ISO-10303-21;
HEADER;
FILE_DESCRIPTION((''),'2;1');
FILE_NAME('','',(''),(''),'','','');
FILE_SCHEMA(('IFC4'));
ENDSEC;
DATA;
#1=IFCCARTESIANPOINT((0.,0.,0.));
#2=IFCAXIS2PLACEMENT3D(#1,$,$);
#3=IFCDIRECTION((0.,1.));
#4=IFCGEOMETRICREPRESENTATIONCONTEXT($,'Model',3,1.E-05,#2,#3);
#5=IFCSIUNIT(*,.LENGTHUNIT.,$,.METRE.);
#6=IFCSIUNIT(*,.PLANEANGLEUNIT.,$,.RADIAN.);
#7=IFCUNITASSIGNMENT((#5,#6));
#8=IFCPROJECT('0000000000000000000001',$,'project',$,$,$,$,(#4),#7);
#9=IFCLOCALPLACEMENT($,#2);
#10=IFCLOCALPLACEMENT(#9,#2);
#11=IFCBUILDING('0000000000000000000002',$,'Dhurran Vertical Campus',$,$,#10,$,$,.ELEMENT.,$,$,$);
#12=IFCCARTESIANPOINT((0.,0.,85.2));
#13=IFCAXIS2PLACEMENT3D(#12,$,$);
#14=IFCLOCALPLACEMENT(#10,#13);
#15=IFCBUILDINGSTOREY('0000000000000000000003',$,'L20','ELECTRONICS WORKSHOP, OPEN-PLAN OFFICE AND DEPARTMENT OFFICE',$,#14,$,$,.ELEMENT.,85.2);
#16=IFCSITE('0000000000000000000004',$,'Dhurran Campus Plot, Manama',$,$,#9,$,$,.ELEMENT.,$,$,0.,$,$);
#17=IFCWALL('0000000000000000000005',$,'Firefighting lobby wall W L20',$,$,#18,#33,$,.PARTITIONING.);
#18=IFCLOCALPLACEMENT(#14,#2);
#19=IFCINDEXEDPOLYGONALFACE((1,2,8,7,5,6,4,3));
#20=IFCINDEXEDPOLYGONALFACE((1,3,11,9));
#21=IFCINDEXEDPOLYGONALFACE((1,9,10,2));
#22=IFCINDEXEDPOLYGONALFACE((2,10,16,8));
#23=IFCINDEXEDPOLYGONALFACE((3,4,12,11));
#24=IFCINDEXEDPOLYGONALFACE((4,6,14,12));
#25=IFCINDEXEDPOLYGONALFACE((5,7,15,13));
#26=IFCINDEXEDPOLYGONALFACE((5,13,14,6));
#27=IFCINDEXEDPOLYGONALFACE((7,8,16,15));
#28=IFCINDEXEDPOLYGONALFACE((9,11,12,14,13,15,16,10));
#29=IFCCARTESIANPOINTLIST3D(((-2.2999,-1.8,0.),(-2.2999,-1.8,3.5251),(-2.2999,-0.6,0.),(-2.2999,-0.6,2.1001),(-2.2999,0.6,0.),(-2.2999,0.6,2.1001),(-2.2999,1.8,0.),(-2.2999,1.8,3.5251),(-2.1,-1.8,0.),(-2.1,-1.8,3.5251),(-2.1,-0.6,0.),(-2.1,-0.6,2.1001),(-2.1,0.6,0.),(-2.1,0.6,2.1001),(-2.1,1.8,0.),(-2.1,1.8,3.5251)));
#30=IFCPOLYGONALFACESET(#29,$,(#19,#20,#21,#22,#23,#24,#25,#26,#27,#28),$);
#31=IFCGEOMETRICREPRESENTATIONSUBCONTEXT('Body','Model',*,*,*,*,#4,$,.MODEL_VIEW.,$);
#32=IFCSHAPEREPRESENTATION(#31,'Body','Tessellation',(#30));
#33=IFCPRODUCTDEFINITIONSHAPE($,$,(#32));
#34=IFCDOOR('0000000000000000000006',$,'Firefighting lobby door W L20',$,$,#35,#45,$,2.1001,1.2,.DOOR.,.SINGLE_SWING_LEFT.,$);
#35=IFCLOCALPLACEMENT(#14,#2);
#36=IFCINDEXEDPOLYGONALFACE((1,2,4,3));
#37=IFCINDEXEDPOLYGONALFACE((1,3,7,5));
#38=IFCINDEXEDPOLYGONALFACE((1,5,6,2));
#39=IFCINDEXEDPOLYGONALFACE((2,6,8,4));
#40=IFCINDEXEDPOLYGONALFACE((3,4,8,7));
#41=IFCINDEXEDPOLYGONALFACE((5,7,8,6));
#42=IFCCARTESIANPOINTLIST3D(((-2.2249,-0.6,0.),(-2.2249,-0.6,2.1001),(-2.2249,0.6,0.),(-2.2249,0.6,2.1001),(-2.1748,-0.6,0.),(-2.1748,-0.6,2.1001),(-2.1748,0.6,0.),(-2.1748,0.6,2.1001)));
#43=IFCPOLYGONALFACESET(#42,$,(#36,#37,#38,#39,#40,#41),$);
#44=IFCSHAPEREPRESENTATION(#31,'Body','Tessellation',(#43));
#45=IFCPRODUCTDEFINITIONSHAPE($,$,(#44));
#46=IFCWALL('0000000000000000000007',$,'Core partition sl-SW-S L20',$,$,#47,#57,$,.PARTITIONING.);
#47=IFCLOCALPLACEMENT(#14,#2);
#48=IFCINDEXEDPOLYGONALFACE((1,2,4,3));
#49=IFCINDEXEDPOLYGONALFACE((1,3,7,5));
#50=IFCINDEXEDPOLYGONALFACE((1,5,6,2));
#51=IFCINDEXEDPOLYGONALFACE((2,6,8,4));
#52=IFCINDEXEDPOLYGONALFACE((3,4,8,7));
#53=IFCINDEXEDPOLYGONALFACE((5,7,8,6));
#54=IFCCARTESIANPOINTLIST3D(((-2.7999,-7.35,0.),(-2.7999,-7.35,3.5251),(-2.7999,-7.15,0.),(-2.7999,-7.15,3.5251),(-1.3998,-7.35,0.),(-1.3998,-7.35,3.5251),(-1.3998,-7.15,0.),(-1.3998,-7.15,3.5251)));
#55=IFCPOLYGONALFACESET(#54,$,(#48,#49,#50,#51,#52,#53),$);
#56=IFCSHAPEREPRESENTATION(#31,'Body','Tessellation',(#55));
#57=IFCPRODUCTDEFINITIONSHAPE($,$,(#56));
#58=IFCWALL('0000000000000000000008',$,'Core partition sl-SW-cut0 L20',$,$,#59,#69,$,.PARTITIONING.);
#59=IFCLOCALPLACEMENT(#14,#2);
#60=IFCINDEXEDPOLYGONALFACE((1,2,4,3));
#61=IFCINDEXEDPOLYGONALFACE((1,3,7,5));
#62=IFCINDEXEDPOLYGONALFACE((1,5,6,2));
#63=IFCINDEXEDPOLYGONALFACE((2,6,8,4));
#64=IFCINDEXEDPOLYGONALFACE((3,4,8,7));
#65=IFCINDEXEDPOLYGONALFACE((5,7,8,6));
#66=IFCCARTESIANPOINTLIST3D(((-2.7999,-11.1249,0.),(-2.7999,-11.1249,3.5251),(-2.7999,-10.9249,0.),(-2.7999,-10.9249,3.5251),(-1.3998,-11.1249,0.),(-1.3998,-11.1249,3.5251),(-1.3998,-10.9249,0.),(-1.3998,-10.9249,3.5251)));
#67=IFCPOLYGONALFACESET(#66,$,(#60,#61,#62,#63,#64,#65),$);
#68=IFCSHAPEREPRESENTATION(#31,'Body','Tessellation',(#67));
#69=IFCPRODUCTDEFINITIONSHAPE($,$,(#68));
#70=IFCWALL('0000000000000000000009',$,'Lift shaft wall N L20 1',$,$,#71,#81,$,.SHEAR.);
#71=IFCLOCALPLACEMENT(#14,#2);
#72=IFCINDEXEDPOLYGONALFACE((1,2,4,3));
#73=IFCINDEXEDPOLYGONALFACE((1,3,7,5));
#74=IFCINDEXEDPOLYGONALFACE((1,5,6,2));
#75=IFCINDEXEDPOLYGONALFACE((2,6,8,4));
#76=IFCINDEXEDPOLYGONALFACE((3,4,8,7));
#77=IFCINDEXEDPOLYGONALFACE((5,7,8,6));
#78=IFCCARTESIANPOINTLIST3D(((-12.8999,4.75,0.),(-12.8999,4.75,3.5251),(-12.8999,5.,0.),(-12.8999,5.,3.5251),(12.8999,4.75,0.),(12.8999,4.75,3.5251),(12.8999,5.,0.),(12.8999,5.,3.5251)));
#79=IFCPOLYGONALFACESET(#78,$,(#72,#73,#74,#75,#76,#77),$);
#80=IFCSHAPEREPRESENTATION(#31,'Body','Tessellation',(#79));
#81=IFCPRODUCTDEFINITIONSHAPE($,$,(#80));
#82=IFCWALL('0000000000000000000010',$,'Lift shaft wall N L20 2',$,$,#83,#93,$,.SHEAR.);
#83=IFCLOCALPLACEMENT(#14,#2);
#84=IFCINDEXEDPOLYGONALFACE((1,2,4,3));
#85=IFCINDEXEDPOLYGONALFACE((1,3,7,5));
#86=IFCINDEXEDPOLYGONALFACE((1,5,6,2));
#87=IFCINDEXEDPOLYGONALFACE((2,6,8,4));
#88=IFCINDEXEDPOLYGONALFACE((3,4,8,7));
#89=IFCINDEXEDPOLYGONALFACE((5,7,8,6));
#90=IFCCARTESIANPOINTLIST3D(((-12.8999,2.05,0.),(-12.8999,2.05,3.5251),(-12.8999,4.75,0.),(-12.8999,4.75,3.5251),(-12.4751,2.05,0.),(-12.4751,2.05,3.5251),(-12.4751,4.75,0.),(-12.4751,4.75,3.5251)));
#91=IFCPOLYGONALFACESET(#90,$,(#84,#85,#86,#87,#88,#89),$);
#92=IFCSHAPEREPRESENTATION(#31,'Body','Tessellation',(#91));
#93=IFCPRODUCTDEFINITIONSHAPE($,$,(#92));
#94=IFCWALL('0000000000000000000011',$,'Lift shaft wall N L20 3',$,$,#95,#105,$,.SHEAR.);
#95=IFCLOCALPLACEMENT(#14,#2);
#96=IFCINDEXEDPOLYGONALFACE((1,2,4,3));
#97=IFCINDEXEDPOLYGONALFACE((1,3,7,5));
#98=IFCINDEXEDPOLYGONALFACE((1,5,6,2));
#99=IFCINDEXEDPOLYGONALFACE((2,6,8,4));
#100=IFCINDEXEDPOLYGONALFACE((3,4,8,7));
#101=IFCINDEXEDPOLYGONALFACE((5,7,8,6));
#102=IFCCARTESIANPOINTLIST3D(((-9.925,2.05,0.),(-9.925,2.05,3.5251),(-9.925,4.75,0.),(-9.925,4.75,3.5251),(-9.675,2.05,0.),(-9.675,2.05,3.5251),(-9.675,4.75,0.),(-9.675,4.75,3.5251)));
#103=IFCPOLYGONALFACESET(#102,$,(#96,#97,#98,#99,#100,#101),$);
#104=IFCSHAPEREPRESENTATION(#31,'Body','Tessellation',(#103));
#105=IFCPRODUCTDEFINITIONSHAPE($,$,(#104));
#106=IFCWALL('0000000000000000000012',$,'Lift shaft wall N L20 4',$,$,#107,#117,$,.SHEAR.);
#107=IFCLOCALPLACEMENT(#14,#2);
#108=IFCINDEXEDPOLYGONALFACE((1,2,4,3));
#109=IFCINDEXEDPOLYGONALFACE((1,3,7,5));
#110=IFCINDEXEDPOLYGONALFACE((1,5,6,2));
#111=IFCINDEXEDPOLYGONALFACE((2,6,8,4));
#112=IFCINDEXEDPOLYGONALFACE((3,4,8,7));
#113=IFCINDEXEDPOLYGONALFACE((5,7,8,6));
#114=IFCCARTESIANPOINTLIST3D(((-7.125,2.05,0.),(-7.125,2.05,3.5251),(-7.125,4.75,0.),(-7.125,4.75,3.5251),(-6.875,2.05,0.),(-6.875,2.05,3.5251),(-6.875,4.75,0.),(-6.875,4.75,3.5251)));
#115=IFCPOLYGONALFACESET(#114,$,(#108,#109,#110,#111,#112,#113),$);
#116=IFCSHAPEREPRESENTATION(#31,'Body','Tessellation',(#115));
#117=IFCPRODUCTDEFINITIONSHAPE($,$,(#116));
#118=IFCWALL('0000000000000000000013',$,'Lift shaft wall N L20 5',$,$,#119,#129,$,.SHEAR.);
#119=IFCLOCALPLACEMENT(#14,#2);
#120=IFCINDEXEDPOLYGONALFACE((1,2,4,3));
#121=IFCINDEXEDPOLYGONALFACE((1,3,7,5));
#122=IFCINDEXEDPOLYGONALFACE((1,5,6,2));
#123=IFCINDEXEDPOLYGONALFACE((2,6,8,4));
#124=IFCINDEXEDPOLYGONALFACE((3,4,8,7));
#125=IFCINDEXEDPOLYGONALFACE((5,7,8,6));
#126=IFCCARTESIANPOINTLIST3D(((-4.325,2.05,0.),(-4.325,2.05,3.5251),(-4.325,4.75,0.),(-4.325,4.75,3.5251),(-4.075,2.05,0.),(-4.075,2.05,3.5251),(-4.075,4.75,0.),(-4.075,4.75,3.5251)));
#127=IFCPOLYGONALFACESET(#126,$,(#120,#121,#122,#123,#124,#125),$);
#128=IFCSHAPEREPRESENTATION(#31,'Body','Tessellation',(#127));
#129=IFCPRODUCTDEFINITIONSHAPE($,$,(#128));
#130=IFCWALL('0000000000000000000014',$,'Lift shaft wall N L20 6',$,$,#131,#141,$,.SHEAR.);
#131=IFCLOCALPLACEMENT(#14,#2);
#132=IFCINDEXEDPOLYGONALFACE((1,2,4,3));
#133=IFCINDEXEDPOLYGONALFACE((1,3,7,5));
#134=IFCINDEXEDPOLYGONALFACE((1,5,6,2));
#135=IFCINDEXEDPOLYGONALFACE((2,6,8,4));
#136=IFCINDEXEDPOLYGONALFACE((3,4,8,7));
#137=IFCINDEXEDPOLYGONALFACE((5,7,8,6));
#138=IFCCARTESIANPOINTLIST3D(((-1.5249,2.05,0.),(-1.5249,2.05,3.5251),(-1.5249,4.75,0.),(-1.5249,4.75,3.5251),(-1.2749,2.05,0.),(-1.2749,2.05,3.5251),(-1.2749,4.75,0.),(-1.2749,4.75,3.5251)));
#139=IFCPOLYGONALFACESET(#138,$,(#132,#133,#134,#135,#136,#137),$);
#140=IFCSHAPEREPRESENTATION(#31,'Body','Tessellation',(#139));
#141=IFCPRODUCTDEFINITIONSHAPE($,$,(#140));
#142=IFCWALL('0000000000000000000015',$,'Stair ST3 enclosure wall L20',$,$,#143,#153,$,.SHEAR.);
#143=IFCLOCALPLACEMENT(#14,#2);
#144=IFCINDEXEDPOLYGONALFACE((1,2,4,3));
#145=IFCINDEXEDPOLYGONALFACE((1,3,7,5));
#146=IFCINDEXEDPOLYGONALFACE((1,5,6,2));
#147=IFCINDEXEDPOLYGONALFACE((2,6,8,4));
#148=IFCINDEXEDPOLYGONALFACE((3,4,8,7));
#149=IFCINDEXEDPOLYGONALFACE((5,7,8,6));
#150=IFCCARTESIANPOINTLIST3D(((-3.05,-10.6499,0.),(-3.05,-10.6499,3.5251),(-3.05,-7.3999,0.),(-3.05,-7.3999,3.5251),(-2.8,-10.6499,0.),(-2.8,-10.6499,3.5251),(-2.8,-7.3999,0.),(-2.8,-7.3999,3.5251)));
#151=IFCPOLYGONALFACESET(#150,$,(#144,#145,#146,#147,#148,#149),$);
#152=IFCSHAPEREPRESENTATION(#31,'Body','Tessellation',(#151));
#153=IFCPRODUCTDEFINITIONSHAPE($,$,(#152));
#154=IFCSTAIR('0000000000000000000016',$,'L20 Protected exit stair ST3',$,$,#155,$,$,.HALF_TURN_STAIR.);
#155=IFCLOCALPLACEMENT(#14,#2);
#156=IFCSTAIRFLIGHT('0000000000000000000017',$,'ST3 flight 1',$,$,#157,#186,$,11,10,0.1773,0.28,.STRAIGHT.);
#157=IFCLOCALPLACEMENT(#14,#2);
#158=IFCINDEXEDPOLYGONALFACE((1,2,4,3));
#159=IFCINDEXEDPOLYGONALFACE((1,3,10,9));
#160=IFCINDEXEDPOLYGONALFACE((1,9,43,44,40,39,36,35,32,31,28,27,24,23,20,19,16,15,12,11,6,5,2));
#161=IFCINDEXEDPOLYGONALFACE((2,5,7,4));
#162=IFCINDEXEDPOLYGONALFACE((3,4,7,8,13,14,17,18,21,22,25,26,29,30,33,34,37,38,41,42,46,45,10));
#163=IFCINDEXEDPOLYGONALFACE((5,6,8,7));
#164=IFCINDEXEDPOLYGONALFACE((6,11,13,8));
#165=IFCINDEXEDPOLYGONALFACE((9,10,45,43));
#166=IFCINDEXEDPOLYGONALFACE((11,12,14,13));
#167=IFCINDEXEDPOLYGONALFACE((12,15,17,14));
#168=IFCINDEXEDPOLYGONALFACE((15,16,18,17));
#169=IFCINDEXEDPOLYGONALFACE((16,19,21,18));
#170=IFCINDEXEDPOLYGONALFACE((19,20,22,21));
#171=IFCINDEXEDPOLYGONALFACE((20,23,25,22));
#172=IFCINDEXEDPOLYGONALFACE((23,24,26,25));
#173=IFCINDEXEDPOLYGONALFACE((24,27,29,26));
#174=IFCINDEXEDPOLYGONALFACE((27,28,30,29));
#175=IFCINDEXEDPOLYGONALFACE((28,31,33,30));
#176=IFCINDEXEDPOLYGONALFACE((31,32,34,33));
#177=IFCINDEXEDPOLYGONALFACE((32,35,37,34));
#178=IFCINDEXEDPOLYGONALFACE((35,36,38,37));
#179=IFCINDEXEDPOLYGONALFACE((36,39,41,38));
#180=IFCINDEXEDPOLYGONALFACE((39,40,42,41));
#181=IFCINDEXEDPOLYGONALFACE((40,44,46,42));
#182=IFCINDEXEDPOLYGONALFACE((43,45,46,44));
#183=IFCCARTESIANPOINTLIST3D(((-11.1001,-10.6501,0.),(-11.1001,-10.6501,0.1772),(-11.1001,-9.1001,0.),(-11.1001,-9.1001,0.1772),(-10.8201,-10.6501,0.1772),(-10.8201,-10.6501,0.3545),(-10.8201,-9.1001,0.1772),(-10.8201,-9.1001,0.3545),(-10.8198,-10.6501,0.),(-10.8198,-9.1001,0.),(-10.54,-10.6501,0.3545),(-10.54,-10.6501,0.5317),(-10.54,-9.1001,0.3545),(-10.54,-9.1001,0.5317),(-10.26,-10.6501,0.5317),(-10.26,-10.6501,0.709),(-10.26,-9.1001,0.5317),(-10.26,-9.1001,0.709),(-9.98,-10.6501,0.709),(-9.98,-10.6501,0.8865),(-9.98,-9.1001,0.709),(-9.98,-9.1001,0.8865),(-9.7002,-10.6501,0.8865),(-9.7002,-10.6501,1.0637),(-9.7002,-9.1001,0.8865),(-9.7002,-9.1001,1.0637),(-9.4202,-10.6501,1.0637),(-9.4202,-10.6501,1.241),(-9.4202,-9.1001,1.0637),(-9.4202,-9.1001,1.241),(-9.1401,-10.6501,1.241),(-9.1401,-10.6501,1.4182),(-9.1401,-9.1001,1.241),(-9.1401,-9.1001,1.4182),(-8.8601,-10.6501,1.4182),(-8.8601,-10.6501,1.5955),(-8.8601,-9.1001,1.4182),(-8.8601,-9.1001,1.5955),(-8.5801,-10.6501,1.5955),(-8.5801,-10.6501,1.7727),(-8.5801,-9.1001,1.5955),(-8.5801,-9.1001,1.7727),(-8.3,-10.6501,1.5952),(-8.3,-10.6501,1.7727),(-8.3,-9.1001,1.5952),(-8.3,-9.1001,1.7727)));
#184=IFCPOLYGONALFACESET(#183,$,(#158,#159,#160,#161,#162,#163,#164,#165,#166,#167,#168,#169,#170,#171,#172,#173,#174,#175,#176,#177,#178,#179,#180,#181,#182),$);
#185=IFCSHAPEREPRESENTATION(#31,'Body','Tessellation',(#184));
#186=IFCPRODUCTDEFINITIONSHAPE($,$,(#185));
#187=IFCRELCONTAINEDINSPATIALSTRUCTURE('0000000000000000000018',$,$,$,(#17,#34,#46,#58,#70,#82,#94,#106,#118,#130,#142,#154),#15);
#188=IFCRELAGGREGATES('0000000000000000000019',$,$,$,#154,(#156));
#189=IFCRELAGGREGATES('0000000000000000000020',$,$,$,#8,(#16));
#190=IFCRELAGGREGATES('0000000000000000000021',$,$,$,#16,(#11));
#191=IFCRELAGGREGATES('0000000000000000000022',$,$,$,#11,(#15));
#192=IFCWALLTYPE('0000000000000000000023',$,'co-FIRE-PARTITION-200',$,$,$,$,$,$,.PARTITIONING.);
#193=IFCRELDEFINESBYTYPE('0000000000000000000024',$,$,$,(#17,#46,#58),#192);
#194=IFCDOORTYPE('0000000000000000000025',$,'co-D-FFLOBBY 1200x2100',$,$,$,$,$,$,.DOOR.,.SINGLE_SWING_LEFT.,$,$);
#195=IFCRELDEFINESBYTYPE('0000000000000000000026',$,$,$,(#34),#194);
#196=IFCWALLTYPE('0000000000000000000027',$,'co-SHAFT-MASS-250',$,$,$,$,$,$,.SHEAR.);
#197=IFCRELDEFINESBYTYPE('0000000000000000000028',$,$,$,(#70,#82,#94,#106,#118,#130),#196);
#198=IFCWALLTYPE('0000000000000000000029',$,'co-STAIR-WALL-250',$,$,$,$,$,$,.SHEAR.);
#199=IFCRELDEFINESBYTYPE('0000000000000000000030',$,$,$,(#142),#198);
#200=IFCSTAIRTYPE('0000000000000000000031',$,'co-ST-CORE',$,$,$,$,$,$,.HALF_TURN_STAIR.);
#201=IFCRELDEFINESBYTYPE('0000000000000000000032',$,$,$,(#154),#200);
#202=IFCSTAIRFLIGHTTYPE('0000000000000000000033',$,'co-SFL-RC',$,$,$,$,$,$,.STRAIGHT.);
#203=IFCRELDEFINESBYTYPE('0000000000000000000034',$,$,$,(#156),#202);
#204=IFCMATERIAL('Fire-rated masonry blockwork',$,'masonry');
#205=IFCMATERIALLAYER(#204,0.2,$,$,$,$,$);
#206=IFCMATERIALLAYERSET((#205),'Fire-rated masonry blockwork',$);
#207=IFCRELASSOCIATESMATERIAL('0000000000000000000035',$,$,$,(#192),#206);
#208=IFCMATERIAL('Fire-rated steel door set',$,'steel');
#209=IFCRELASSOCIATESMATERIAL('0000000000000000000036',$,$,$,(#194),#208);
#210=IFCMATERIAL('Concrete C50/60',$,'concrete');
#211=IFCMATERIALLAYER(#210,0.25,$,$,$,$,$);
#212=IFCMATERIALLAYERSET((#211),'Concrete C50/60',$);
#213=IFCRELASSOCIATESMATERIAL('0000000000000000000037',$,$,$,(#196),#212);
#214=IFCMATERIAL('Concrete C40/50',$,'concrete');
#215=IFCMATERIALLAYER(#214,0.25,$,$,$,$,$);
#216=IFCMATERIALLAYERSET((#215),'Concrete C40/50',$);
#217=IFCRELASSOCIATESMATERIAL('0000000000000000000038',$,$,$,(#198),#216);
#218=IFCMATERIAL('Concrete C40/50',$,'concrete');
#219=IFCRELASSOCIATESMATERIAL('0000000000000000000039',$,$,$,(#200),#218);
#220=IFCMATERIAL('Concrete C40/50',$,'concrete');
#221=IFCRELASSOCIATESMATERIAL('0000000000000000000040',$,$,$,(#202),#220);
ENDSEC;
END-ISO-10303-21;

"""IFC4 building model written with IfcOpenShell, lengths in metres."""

from ifc_helpers import new_model, si_unit, direction, frame, frame_2d, origin, place, context, subcontext, project, spatial, polyline, rectangle, outline, extrude, material, layer, layer_set, type_object, element, fill, aggregate, save


model = new_model("IFC4")

# Units and contexts
model_context = context("Model", 3, precision=1e-05, world=origin(), true_north=direction((0.0, 1.0)))
body_context = subcontext(model_context, "Body", "Model", "MODEL_VIEW")
ifc_project = project(units=[si_unit("LENGTHUNIT", "METRE"), si_unit("PLANEANGLEUNIT", "RADIAN")], contexts=[model_context])

# Site, building, storey
site_placement = place(None, origin())
site = spatial("IfcSite", under=ifc_project, at=site_placement, Name="Dhurran Campus Plot, Manama", CompositionType="ELEMENT", RefElevation=0.0)
building_placement = place(site_placement, origin())
building = spatial("IfcBuilding", under=site, at=building_placement, Name="Dhurran Vertical Campus", CompositionType="ELEMENT")
storey_placement = place(building_placement, frame((0.0, 0.0, 85.2)))
storey = spatial("IfcBuildingStorey", under=building, at=storey_placement, Name="L20", Description="ELECTRONICS WORKSHOP, OPEN-PLAN OFFICE AND DEPARTMENT OFFICE", CompositionType="ELEMENT", Elevation=85.2)

# Wall, opening, door
ifc_material_1 = material(Name="Fire-rated masonry blockwork", Category="masonry")
ifc_layer_1 = layer(ifc_material_1, 0.2)
ifc_layer_set_1 = layer_set([ifc_layer_1], Name="Fire-rated masonry blockwork")
wall_type_1 = type_object("IfcWallType", Name="co-FIRE-PARTITION-200", PredefinedType="PARTITIONING", material=ifc_layer_set_1)
wall_1_placement = place(storey_placement, frame((-2.2, -1.8, 0.0), z_axis=(0.0, 0.0, 1.0), x_axis=(0.0, 1.0, 0.0)))
wall_1 = element("IfcWall", 1, at=wall_1_placement, inside=storey, type_object=wall_type_1, Name="Firefighting lobby wall W L20", PredefinedType="PARTITIONING", context=body_context, shape_type="SweptSolid", body=[
    extrude(rectangle(XDim=3.6001, YDim=0.2, at=frame_2d((1.8, 0.0))), origin(), (0.0, 0.0, 1.0), 3.5251),
])
opening_placement = place(wall_1_placement, frame((1.2, 0.0, 0.0)))
opening = element("IfcOpeningElement", 2, at=opening_placement, cuts=wall_1, PredefinedType="OPENING", context=body_context, shape_type="SweptSolid", body=[
    extrude(rectangle(XDim=1.2, YDim=2.1001, at=frame_2d((0.6001, 1.05))), frame((0.0, 0.1099, 0.0), z_axis=(0.0, -1.0, 0.0), x_axis=(1.0, 0.0, 0.0)), (0.0, 0.0, 1.0), 0.22),
])
ifc_material_2 = material(Name="Fire-rated steel door set", Category="steel")
door_type = type_object("IfcDoorType", Name="co-D-FFLOBBY 1200x2100", OperationType="SINGLE_SWING_LEFT", PredefinedType="DOOR", material=ifc_material_2)
door_placement = place(opening_placement, origin())
door = element("IfcDoor", 3, at=door_placement, inside=storey, type_object=door_type, Name="Firefighting lobby door W L20", OperationType="SINGLE_SWING_LEFT", OverallHeight=2.1001, OverallWidth=1.2, PredefinedType="DOOR", context=body_context, shape_type="SweptSolid", body=[
    extrude(rectangle(XDim=1.2, YDim=2.1001, at=frame_2d((0.6001, 1.05))), frame((0.0, 0.0249, 0.0), z_axis=(0.0, -1.0, 0.0), x_axis=(1.0, 0.0, 0.0)), (0.0, 0.0, 1.0), 0.05),
])
fill(opening, door)

# Walls
for number, where, z_axis, x_axis, name in (
    (4, (-2.8, -7.25, 0.0), (0.0, 0.0, 1.0), (1.0, 0.0, 0.0), "Core partition sl-SW-S L20"),
    (5, (-2.8, -11.0249, 0.0), (0.0, 0.0, 1.0), (1.0, 0.0, 0.0), "Core partition sl-SW-cut0 L20"),
):
    element("IfcWall", number, at=place(storey_placement, frame(where, z_axis=z_axis, x_axis=x_axis)), inside=storey, type_object=wall_type_1, Name=name, PredefinedType="PARTITIONING", context=body_context, shape_type="SweptSolid", body=[
        extrude(rectangle(XDim=1.4001, YDim=0.2, at=frame_2d((0.7002, 0.0))), origin(), (0.0, 0.0, 1.0), 3.5251),
    ])
ifc_material_3 = material(Name="Concrete C50/60", Category="concrete")
ifc_layer_2 = layer(ifc_material_3, 0.25)
ifc_layer_set_2 = layer_set([ifc_layer_2], Name="Concrete C50/60")
wall_type_2 = type_object("IfcWallType", Name="co-SHAFT-MASS-250", PredefinedType="SHEAR", material=ifc_layer_set_2)
wall_2_placement = place(storey_placement, origin())
element("IfcWall", 6, at=wall_2_placement, inside=storey, type_object=wall_type_2, Name="Lift shaft wall N L20 1", PredefinedType="SHEAR", context=body_context, shape_type="SweptSolid", body=[
    extrude(outline(polyline([(-12.8999, 4.75), (12.8999, 4.75), (12.8999, 5.0), (-12.8999, 5.0), (-12.8999, 4.75)])), origin(), (0.0, 0.0, 1.0), 3.5251),
])
wall_3_placement = place(storey_placement, origin())
element("IfcWall", 7, at=wall_3_placement, inside=storey, type_object=wall_type_2, Name="Lift shaft wall N L20 2", PredefinedType="SHEAR", context=body_context, shape_type="SweptSolid", body=[
    extrude(outline(polyline([(-12.8999, 2.05), (-12.4751, 2.05), (-12.4751, 4.75), (-12.8999, 4.75), (-12.8999, 2.05)])), origin(), (0.0, 0.0, 1.0), 3.5251),
])
wall_4_placement = place(storey_placement, origin())
element("IfcWall", 8, at=wall_4_placement, inside=storey, type_object=wall_type_2, Name="Lift shaft wall N L20 3", PredefinedType="SHEAR", context=body_context, shape_type="SweptSolid", body=[
    extrude(outline(polyline([(-9.925, 2.05), (-9.675, 2.05), (-9.675, 4.75), (-9.925, 4.75), (-9.925, 2.05)])), origin(), (0.0, 0.0, 1.0), 3.5251),
])
wall_5_placement = place(storey_placement, origin())
element("IfcWall", 9, at=wall_5_placement, inside=storey, type_object=wall_type_2, Name="Lift shaft wall N L20 4", PredefinedType="SHEAR", context=body_context, shape_type="SweptSolid", body=[
    extrude(outline(polyline([(-7.125, 2.05), (-6.875, 2.05), (-6.875, 4.75), (-7.125, 4.75), (-7.125, 2.05)])), origin(), (0.0, 0.0, 1.0), 3.5251),
])
wall_6_placement = place(storey_placement, origin())
element("IfcWall", 10, at=wall_6_placement, inside=storey, type_object=wall_type_2, Name="Lift shaft wall N L20 5", PredefinedType="SHEAR", context=body_context, shape_type="SweptSolid", body=[
    extrude(outline(polyline([(-4.325, 2.05), (-4.075, 2.05), (-4.075, 4.75), (-4.325, 4.75), (-4.325, 2.05)])), origin(), (0.0, 0.0, 1.0), 3.5251),
])
wall_7_placement = place(storey_placement, origin())
element("IfcWall", 11, at=wall_7_placement, inside=storey, type_object=wall_type_2, Name="Lift shaft wall N L20 6", PredefinedType="SHEAR", context=body_context, shape_type="SweptSolid", body=[
    extrude(outline(polyline([(-1.5249, 2.05), (-1.2749, 2.05), (-1.2749, 4.75), (-1.5249, 4.75), (-1.5249, 2.05)])), origin(), (0.0, 0.0, 1.0), 3.5251),
])
ifc_material_4 = material(Name="Concrete C40/50", Category="concrete")
ifc_layer_3 = layer(ifc_material_4, 0.25)
ifc_layer_set_3 = layer_set([ifc_layer_3], Name="Concrete C40/50")
wall_type_3 = type_object("IfcWallType", Name="co-STAIR-WALL-250", PredefinedType="SHEAR", material=ifc_layer_set_3)
wall_8_placement = place(storey_placement, frame((-2.925, -10.6499, 0.0), z_axis=(0.0, 0.0, 1.0), x_axis=(0.0, 1.0, 0.0)))
element("IfcWall", 12, at=wall_8_placement, inside=storey, type_object=wall_type_3, Name="Stair ST3 enclosure wall L20", PredefinedType="SHEAR", context=body_context, shape_type="SweptSolid", body=[
    extrude(rectangle(XDim=3.25, YDim=0.25, at=frame_2d((1.625, 0.0))), origin(), (0.0, 0.0, 1.0), 3.5251),
])

# Stair, stair flight
ifc_material_5 = material(Name="Concrete C40/50", Category="concrete")
stair_type = type_object("IfcStairType", Name="co-ST-CORE", PredefinedType="HALF_TURN_STAIR", material=ifc_material_5)
stair_placement = place(storey_placement, origin())
stair = element("IfcStair", 13, at=stair_placement, inside=storey, type_object=stair_type, Name="L20 Protected exit stair ST3", PredefinedType="HALF_TURN_STAIR")
ifc_material_6 = material(Name="Concrete C40/50", Category="concrete")
stair_flight_type = type_object("IfcStairFlightType", Name="co-SFL-RC", PredefinedType="STRAIGHT", material=ifc_material_6)
stair_flight_1_placement = place(storey_placement, frame((-11.1001, -9.875, 0.0), z_axis=(0.0, 0.0, 1.0), x_axis=(1.0, 0.0, 0.0)))
stair_flight_1 = element("IfcStairFlight", 14, at=stair_flight_1_placement, type_object=stair_flight_type, Name="ST3 flight 1", NumberOfRisers=11, NumberOfTreads=10, PredefinedType="STRAIGHT", RiserHeight=0.1773, TreadLength=0.28, context=body_context, shape_type="SweptSolid", body=[
    extrude(outline(polyline([(0.0, 0.0), (0.0, 0.1772), (0.28, 0.1772), (0.28, 0.3545), (0.5601, 0.3545), (0.5601, 0.5317), (0.8401, 0.5317), (0.8401, 0.709), (1.1201, 0.709), (1.1201, 0.8865), (1.3999, 0.8865), (1.3999, 1.0637), (1.6799, 1.0637), (1.6799, 1.241), (1.96, 1.241), (1.96, 1.4182), (2.24, 1.4182), (2.24, 1.5955), (2.52, 1.5955), (2.52, 1.7727), (2.8, 1.7727), (2.8, 1.95), (2.8, 1.5952), (0.2803, 0.0), (0.0, 0.0)])), frame((0.0, 0.7749, 0.0), z_axis=(0.0, -1.0, 0.0), x_axis=(1.0, 0.0, 0.0)), (0.0, 0.0, 1.0), 1.55),
])
aggregate(stair, [stair_flight_1])

save(model, "model.ifc")
